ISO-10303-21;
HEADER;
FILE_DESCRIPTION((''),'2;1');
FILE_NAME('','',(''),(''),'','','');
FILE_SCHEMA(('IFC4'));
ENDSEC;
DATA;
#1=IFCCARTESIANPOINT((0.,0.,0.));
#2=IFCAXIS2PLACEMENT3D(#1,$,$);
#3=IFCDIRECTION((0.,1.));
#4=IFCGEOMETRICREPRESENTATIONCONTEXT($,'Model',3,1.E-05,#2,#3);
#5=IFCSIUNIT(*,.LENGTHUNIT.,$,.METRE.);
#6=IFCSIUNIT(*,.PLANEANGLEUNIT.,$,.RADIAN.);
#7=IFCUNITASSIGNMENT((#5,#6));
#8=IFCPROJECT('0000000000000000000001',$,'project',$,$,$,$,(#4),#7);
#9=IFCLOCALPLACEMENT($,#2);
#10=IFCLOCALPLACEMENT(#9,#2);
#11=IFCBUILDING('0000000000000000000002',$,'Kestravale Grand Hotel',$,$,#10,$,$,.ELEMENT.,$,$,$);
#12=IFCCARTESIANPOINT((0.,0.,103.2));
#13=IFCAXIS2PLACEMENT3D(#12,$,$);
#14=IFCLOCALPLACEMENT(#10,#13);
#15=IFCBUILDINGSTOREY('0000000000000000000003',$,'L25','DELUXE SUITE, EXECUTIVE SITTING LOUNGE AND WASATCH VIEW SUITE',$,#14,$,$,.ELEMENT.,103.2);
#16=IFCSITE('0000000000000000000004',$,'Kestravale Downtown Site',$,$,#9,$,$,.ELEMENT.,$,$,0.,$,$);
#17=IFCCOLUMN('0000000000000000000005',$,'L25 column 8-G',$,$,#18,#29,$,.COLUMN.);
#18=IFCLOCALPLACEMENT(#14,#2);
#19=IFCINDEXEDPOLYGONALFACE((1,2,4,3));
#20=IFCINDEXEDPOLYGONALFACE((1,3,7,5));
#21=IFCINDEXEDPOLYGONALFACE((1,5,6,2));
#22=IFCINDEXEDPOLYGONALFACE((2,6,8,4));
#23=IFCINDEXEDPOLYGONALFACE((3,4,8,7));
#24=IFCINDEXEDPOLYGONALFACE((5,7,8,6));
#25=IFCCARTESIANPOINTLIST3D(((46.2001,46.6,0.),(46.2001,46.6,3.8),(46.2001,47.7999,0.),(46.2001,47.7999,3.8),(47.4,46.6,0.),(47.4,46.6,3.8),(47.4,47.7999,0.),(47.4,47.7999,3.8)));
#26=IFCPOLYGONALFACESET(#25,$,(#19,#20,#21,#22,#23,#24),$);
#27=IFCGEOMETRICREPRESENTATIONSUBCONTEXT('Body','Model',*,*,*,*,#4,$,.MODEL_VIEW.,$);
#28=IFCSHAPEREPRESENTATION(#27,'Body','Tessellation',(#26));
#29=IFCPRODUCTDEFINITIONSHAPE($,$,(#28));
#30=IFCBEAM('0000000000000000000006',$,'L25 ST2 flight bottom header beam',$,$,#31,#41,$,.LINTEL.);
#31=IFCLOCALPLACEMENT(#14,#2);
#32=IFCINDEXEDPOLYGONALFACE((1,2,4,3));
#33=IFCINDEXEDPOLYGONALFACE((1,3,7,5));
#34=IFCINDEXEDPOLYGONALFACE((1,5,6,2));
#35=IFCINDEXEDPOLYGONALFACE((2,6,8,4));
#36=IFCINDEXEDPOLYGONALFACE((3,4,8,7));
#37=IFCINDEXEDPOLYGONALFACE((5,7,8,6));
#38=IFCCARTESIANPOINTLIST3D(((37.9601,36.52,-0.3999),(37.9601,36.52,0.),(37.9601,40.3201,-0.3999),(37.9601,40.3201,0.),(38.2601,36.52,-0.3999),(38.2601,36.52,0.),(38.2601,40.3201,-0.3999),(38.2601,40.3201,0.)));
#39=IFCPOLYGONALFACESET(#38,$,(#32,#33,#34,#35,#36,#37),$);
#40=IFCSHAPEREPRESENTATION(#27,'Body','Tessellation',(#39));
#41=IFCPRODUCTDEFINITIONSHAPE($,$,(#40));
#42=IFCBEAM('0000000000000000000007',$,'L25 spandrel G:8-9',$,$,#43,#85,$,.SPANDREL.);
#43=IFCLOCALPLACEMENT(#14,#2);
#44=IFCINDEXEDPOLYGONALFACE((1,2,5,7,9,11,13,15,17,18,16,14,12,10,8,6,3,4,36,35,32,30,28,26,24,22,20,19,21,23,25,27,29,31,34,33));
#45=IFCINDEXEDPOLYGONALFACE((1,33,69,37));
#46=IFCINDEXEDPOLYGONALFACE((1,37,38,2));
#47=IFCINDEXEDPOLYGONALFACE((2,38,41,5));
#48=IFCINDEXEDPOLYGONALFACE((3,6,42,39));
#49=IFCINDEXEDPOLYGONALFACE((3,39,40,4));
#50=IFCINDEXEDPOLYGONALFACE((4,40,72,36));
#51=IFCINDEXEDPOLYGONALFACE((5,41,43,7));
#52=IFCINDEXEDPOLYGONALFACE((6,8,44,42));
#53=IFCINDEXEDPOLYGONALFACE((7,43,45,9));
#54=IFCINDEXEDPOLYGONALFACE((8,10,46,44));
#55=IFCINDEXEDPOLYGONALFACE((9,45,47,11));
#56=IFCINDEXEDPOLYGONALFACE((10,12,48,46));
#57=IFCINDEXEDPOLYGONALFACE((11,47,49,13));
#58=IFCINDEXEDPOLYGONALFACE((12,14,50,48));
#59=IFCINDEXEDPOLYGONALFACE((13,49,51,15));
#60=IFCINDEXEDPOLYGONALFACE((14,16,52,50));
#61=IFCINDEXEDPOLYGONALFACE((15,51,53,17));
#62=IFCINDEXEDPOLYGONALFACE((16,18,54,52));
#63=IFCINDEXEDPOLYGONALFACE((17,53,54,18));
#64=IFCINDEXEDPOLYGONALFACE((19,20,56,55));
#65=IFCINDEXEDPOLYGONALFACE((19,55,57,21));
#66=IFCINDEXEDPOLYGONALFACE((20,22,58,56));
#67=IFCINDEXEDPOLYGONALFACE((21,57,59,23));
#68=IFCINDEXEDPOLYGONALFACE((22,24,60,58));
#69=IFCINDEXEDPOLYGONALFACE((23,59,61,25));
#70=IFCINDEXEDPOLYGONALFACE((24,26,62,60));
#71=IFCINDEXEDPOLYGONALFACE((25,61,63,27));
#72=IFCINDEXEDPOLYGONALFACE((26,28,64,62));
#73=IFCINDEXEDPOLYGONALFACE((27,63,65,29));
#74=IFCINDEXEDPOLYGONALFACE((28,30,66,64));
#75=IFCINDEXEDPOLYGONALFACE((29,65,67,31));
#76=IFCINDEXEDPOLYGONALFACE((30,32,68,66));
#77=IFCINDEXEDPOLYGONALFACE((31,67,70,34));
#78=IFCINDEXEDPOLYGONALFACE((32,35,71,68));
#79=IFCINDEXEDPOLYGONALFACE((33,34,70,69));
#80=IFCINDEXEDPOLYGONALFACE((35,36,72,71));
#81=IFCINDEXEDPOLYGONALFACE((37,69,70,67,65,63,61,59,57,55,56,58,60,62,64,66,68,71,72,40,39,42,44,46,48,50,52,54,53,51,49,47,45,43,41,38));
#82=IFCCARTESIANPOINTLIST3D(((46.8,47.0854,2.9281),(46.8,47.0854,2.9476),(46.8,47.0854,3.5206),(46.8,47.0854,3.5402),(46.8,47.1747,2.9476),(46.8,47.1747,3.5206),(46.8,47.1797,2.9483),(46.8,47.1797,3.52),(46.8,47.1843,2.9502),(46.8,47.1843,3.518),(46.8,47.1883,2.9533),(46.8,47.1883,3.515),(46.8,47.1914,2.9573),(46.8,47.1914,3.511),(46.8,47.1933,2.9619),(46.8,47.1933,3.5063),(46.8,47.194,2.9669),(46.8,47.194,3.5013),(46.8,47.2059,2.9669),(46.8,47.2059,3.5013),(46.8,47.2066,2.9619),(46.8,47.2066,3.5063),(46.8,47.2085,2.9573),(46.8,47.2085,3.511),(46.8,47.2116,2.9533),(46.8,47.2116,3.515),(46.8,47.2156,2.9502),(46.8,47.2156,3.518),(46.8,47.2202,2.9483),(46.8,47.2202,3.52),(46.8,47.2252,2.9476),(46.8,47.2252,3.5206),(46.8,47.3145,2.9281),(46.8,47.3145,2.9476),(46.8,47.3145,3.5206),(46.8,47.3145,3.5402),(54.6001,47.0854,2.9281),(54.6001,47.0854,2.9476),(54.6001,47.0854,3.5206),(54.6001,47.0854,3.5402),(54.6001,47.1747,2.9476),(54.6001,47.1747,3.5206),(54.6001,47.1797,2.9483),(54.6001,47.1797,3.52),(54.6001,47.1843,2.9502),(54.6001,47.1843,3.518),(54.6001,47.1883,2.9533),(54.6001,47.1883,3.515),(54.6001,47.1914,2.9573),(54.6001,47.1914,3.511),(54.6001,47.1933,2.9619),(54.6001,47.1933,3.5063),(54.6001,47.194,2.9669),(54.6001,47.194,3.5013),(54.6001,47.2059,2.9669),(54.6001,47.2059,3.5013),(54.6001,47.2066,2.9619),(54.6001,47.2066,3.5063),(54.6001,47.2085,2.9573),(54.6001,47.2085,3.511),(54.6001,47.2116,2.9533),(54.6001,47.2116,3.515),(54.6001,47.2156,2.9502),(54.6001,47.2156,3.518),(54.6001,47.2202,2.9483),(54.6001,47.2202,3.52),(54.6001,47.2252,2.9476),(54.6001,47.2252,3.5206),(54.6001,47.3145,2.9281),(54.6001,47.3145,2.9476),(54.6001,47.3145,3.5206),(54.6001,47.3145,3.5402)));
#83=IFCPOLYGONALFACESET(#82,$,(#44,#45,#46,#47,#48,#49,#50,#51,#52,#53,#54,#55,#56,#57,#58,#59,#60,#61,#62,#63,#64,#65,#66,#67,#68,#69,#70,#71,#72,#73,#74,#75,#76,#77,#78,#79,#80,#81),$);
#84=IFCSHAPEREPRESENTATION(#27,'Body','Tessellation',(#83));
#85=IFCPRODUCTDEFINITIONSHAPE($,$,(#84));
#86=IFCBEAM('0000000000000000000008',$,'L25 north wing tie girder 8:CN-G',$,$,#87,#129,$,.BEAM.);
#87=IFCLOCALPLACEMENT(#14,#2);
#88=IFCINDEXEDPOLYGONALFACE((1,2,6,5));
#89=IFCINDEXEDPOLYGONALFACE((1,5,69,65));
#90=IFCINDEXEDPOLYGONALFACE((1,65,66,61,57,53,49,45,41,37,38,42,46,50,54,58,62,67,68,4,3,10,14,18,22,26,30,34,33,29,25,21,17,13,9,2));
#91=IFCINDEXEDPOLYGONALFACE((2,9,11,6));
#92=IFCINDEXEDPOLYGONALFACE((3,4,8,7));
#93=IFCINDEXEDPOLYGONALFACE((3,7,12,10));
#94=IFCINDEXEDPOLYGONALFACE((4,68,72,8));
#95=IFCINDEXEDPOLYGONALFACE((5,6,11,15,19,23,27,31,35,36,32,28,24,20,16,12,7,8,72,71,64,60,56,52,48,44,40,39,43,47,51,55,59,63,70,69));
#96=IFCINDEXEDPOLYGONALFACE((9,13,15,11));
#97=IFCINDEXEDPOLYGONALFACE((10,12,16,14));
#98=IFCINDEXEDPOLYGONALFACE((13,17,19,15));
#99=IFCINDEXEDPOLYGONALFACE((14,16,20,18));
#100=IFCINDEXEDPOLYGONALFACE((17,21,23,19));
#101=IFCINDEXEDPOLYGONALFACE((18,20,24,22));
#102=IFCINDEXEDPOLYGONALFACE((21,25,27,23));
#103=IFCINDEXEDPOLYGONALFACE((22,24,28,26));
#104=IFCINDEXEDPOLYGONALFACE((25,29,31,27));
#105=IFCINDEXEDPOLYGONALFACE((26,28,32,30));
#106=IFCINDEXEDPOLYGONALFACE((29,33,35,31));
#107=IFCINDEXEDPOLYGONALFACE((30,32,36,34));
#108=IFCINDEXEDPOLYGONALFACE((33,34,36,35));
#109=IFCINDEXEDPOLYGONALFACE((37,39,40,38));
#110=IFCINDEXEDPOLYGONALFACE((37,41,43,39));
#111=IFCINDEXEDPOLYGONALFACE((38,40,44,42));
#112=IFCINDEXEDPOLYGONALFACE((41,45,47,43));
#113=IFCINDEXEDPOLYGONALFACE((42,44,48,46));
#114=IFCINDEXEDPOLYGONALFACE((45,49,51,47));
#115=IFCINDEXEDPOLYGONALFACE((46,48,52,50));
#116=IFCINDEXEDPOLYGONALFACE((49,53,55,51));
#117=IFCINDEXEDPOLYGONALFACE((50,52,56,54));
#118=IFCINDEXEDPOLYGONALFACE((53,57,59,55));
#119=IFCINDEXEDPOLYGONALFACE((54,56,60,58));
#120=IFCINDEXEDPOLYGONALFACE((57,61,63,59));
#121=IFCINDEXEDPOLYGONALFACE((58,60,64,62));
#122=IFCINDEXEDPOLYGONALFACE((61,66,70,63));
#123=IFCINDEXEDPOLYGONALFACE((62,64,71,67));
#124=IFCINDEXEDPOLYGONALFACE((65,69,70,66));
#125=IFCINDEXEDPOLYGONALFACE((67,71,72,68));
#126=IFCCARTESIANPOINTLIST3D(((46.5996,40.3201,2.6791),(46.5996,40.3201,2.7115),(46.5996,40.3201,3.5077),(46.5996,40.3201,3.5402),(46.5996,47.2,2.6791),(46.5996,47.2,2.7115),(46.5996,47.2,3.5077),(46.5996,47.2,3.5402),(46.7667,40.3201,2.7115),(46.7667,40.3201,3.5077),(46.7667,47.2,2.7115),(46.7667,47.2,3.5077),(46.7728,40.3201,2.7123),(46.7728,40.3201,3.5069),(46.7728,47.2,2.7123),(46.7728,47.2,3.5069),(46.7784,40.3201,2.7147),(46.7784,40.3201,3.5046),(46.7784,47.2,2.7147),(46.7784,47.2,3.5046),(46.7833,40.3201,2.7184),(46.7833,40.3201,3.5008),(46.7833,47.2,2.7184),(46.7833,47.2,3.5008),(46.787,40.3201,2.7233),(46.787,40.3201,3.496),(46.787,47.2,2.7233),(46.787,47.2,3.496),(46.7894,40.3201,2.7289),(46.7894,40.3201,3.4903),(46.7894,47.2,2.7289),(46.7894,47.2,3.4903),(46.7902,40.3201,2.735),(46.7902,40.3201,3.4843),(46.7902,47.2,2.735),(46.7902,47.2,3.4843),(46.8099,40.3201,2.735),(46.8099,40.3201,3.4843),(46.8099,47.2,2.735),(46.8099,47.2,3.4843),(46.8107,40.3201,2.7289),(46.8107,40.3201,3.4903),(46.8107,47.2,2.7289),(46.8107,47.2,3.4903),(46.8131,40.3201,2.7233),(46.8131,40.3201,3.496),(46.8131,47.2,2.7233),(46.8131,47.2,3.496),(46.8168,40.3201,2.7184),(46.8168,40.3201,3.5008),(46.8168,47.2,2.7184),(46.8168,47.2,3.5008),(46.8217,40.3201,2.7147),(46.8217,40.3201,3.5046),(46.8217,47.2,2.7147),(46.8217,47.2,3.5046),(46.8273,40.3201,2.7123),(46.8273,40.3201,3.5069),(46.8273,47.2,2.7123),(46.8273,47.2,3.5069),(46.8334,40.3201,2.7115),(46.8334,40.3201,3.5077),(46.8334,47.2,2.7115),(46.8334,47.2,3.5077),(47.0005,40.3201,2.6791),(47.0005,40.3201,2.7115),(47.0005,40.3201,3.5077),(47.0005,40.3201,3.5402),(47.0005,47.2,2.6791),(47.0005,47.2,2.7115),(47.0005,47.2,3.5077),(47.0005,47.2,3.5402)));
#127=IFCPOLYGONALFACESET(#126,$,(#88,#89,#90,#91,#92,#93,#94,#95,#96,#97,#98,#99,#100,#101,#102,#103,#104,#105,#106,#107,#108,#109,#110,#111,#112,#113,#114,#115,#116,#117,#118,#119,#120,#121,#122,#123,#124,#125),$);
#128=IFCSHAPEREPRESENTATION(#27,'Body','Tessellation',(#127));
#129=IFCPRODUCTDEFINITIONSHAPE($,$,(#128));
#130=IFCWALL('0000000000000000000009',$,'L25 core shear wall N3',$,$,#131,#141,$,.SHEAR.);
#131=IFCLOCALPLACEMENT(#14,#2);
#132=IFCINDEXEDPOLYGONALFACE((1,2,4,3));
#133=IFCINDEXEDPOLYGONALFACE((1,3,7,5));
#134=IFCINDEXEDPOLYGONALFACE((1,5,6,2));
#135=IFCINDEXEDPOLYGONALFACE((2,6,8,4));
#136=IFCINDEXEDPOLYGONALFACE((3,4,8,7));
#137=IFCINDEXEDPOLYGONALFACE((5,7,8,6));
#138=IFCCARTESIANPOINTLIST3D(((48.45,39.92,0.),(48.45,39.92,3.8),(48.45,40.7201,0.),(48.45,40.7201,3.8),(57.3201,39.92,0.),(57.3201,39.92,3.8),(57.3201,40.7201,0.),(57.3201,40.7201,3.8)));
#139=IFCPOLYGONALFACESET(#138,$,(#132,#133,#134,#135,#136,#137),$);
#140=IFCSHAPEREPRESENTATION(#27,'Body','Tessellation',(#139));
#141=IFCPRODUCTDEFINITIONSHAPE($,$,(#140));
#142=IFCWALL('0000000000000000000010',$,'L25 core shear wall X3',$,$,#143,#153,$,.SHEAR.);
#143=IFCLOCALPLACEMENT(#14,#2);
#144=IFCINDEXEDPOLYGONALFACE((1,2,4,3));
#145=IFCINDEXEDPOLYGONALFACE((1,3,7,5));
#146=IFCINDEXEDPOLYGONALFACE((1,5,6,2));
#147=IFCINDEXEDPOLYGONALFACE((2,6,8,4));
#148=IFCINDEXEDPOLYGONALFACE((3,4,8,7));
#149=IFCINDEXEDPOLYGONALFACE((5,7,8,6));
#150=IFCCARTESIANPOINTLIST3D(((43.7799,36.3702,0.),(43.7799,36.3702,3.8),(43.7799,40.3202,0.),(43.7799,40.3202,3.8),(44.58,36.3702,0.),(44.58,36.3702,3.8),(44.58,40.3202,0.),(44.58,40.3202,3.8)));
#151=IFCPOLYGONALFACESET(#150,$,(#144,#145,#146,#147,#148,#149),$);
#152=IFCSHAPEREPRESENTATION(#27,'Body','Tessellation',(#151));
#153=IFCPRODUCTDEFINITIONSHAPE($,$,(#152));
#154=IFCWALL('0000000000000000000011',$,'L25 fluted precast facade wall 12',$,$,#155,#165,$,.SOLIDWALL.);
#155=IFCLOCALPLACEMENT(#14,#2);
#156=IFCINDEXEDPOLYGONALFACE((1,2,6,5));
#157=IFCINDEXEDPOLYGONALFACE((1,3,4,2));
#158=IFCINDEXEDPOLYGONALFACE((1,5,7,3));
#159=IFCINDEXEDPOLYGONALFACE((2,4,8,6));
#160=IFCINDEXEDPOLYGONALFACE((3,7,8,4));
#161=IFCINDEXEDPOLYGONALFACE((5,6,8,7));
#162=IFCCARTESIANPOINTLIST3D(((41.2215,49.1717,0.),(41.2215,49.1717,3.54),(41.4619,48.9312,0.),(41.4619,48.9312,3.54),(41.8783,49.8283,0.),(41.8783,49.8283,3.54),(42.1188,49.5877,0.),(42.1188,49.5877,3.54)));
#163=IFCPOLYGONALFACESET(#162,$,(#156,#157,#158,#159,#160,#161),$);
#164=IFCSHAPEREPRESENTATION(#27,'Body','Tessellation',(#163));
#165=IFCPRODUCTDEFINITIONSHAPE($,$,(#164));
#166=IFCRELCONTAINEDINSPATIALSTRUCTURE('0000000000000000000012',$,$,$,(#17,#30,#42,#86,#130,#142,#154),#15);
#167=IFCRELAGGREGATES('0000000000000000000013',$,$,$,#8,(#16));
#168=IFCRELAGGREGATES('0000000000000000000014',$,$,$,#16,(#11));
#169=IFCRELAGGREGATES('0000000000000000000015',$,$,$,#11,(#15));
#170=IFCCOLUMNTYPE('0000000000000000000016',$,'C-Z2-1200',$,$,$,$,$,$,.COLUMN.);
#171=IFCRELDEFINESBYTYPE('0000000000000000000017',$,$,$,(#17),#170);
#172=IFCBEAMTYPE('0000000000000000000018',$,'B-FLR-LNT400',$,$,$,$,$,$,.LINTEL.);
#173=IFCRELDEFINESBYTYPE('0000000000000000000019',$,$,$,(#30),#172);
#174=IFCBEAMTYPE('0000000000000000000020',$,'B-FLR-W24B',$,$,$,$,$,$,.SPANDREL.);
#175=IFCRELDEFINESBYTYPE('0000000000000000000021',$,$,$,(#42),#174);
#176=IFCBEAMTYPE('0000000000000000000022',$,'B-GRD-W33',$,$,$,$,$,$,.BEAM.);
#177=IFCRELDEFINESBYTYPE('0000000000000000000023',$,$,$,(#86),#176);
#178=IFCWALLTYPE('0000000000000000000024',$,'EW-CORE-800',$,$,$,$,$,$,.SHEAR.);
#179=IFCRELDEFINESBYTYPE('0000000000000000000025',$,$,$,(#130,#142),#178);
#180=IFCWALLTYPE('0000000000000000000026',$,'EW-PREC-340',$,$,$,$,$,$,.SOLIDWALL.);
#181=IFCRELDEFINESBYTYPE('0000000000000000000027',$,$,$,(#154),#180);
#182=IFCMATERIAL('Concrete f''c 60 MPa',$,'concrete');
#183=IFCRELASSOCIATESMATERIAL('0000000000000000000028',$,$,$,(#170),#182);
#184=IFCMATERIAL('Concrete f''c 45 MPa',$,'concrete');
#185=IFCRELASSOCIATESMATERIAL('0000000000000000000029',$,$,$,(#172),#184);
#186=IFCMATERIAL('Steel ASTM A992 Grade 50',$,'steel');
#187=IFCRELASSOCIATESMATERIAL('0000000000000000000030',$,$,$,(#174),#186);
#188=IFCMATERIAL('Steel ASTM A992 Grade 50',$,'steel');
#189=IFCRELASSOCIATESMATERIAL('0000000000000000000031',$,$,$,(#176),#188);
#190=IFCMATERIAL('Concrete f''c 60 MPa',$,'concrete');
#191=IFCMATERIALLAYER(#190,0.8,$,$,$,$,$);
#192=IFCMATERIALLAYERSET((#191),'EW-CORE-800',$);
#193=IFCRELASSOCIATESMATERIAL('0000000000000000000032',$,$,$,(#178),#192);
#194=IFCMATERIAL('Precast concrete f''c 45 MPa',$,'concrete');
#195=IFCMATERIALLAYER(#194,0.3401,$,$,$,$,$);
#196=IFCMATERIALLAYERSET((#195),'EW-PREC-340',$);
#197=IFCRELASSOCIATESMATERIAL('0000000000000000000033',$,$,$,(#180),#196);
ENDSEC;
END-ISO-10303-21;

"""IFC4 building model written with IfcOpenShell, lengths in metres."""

from ifc_helpers import new_model, si_unit, direction, frame, frame_2d, origin, origin_2d, place, context, subcontext, project, spatial, rectangle, i_section, extrude, material, layer, layer_set, material_profile, profile_set, type_object, element, save


model = new_model("IFC4")

# Units and contexts
model_context = context("Model", 3, precision=1e-05, world=origin(), true_north=direction((0.0, 1.0)))
body_context = subcontext(model_context, "Body", "Model", "MODEL_VIEW")
ifc_project = project(units=[si_unit("LENGTHUNIT", "METRE"), si_unit("PLANEANGLEUNIT", "RADIAN")], contexts=[model_context])

# Site, building, storey
site_placement = place(None, origin())
site = spatial("IfcSite", under=ifc_project, at=site_placement, Name="Kestravale Downtown Site", CompositionType="ELEMENT", RefElevation=0.0)
building_placement = place(site_placement, origin())
building = spatial("IfcBuilding", under=site, at=building_placement, Name="Kestravale Grand Hotel", CompositionType="ELEMENT")
storey_placement = place(building_placement, frame((0.0, 0.0, 103.2)))
storey = spatial("IfcBuildingStorey", under=building, at=storey_placement, Name="L25", Description="DELUXE SUITE, EXECUTIVE SITTING LOUNGE AND WASATCH VIEW SUITE", CompositionType="ELEMENT", Elevation=103.2)

# Column
ifc_material_1 = material(Name="Concrete f'c 60 MPa", Category="concrete")
ifc_material_profile_1 = material_profile(ifc_material_1, rectangle(XDim=1.2, YDim=1.2, at=origin_2d()))
ifc_profile_set_1 = profile_set([ifc_material_profile_1], Name="Concrete f'c 60 MPa")
column_type = type_object("IfcColumnType", Name="C-Z2-1200", PredefinedType="COLUMN", material=ifc_profile_set_1)
column_placement = place(storey_placement, frame((46.8, 47.2, 0.0), z_axis=(0.0, 0.0, 1.0), x_axis=(1.0, 0.0, 0.0)))
element("IfcColumn", 1, at=column_placement, inside=storey, type_object=column_type, Name="L25 column 8-G", PredefinedType="COLUMN", context=body_context, shape_type="SweptSolid", body=[
    extrude(rectangle(XDim=1.2, YDim=1.2, at=origin_2d()), origin(), (0.0, 0.0, 1.0), 3.8),
])

# Beams
ifc_material_2 = material(Name="Concrete f'c 45 MPa", Category="concrete")
ifc_material_profile_2 = material_profile(ifc_material_2, rectangle(XDim=0.3, YDim=0.3999, at=origin_2d()))
ifc_profile_set_2 = profile_set([ifc_material_profile_2], Name="Concrete f'c 45 MPa")
beam_type_1 = type_object("IfcBeamType", Name="B-FLR-LNT400", PredefinedType="LINTEL", material=ifc_profile_set_2)
beam_1_placement = place(storey_placement, frame((38.1101, 36.52, -0.2), z_axis=(0.0, 1.0, 0.0), x_axis=(-1.0, 0.0, 0.0)))
element("IfcBeam", 2, at=beam_1_placement, inside=storey, type_object=beam_type_1, Name="L25 ST2 flight bottom header beam", PredefinedType="LINTEL", context=body_context, shape_type="SweptSolid", body=[
    extrude(rectangle(XDim=0.3, YDim=0.3999, at=origin_2d()), origin(), (0.0, 0.0, 1.0), 3.8),
])
ifc_material_3 = material(Name="Steel ASTM A992 Grade 50", Category="steel")
ifc_material_profile_3 = material_profile(ifc_material_3, i_section(OverallWidth=0.229, OverallDepth=0.6121, WebThickness=0.012, FlangeThickness=0.0195, FilletRadius=0.0193, at=origin_2d()))
ifc_profile_set_3 = profile_set([ifc_material_profile_3], Name="Steel ASTM A992 Grade 50")
beam_type_2 = type_object("IfcBeamType", Name="B-FLR-W24B", PredefinedType="SPANDREL", material=ifc_profile_set_3)
beam_2_placement = place(storey_placement, frame((46.8, 47.2, 3.2341), z_axis=(1.0, 0.0, 0.0), x_axis=(0.0, 1.0, 0.0)))
element("IfcBeam", 3, at=beam_2_placement, inside=storey, type_object=beam_type_2, Name="L25 spandrel G:8-9", PredefinedType="SPANDREL", context=body_context, shape_type="SweptSolid", body=[
    extrude(i_section(OverallWidth=0.229, OverallDepth=0.6121, WebThickness=0.012, FlangeThickness=0.0195, FilletRadius=0.0193, at=origin_2d()), origin(), (0.0, 0.0, 1.0), 7.8),
])
ifc_material_4 = material(Name="Steel ASTM A992 Grade 50", Category="steel")
ifc_material_profile_4 = material_profile(ifc_material_4, i_section(OverallWidth=0.4009, OverallDepth=0.8611, WebThickness=0.0198, FlangeThickness=0.0325, FilletRadius=0.0234, at=origin_2d()))
ifc_profile_set_4 = profile_set([ifc_material_profile_4], Name="Steel ASTM A992 Grade 50")
beam_type_3 = type_object("IfcBeamType", Name="B-GRD-W33", PredefinedType="BEAM", material=ifc_profile_set_4)
beam_3_placement = place(storey_placement, frame((46.8, 40.3201, 3.1096), z_axis=(0.0, 1.0, 0.0), x_axis=(-1.0, 0.0, 0.0)))
element("IfcBeam", 4, at=beam_3_placement, inside=storey, type_object=beam_type_3, Name="L25 north wing tie girder 8:CN-G", PredefinedType="BEAM", context=body_context, shape_type="SweptSolid", body=[
    extrude(i_section(OverallWidth=0.4009, OverallDepth=0.8611, WebThickness=0.0198, FlangeThickness=0.0325, FilletRadius=0.0234, at=origin_2d()), origin(), (0.0, 0.0, 1.0), 6.8799),
])

# Walls
ifc_material_5 = material(Name="Concrete f'c 60 MPa", Category="concrete")
ifc_layer_1 = layer(ifc_material_5, 0.8)
ifc_layer_set_1 = layer_set([ifc_layer_1], Name="EW-CORE-800")
wall_type_1 = type_object("IfcWallType", Name="EW-CORE-800", PredefinedType="SHEAR", material=ifc_layer_set_1)
wall_1_placement = place(storey_placement, frame((48.45, 40.3201, 0.0), z_axis=(0.0, 0.0, 1.0), x_axis=(1.0, 0.0, 0.0)))
element("IfcWall", 5, at=wall_1_placement, inside=storey, type_object=wall_type_1, Name="L25 core shear wall N3", PredefinedType="SHEAR", context=body_context, shape_type="SweptSolid", body=[
    extrude(rectangle(XDim=8.8701, YDim=0.8, at=frame_2d((4.4351, 0.0))), origin(), (0.0, 0.0, 1.0), 3.8),
])
wall_2_placement = place(storey_placement, frame((44.1799, 36.3701, 0.0), z_axis=(0.0, 0.0, 1.0), x_axis=(0.0, 1.0, 0.0)))
element("IfcWall", 6, at=wall_2_placement, inside=storey, type_object=wall_type_1, Name="L25 core shear wall X3", PredefinedType="SHEAR", context=body_context, shape_type="SweptSolid", body=[
    extrude(rectangle(XDim=3.95, YDim=0.8, at=frame_2d((1.9751, 0.0))), origin(), (0.0, 0.0, 1.0), 3.8),
])
ifc_material_6 = material(Name="Precast concrete f'c 45 MPa", Category="concrete")
ifc_layer_2 = layer(ifc_material_6, 0.3401)
ifc_layer_set_2 = layer_set([ifc_layer_2], Name="EW-PREC-340")
wall_type_2 = type_object("IfcWallType", Name="EW-PREC-340", PredefinedType="SOLIDWALL", material=ifc_layer_set_2)
wall_3_placement = place(storey_placement, frame((41.9985, 49.708, 0.0), z_axis=(0.0, 0.0, 1.0), x_axis=(-0.707238, -0.706975, 0.0)))
element("IfcWall", 7, at=wall_3_placement, inside=storey, type_object=wall_type_2, Name="L25 fluted precast facade wall 12", PredefinedType="SOLIDWALL", context=body_context, shape_type="SweptSolid", body=[
    extrude(rectangle(XDim=0.9287, YDim=0.3401, at=frame_2d((0.4644, 0.0))), origin(), (0.0, 0.0, 1.0), 3.54),
])

save(model, "model.ifc")
